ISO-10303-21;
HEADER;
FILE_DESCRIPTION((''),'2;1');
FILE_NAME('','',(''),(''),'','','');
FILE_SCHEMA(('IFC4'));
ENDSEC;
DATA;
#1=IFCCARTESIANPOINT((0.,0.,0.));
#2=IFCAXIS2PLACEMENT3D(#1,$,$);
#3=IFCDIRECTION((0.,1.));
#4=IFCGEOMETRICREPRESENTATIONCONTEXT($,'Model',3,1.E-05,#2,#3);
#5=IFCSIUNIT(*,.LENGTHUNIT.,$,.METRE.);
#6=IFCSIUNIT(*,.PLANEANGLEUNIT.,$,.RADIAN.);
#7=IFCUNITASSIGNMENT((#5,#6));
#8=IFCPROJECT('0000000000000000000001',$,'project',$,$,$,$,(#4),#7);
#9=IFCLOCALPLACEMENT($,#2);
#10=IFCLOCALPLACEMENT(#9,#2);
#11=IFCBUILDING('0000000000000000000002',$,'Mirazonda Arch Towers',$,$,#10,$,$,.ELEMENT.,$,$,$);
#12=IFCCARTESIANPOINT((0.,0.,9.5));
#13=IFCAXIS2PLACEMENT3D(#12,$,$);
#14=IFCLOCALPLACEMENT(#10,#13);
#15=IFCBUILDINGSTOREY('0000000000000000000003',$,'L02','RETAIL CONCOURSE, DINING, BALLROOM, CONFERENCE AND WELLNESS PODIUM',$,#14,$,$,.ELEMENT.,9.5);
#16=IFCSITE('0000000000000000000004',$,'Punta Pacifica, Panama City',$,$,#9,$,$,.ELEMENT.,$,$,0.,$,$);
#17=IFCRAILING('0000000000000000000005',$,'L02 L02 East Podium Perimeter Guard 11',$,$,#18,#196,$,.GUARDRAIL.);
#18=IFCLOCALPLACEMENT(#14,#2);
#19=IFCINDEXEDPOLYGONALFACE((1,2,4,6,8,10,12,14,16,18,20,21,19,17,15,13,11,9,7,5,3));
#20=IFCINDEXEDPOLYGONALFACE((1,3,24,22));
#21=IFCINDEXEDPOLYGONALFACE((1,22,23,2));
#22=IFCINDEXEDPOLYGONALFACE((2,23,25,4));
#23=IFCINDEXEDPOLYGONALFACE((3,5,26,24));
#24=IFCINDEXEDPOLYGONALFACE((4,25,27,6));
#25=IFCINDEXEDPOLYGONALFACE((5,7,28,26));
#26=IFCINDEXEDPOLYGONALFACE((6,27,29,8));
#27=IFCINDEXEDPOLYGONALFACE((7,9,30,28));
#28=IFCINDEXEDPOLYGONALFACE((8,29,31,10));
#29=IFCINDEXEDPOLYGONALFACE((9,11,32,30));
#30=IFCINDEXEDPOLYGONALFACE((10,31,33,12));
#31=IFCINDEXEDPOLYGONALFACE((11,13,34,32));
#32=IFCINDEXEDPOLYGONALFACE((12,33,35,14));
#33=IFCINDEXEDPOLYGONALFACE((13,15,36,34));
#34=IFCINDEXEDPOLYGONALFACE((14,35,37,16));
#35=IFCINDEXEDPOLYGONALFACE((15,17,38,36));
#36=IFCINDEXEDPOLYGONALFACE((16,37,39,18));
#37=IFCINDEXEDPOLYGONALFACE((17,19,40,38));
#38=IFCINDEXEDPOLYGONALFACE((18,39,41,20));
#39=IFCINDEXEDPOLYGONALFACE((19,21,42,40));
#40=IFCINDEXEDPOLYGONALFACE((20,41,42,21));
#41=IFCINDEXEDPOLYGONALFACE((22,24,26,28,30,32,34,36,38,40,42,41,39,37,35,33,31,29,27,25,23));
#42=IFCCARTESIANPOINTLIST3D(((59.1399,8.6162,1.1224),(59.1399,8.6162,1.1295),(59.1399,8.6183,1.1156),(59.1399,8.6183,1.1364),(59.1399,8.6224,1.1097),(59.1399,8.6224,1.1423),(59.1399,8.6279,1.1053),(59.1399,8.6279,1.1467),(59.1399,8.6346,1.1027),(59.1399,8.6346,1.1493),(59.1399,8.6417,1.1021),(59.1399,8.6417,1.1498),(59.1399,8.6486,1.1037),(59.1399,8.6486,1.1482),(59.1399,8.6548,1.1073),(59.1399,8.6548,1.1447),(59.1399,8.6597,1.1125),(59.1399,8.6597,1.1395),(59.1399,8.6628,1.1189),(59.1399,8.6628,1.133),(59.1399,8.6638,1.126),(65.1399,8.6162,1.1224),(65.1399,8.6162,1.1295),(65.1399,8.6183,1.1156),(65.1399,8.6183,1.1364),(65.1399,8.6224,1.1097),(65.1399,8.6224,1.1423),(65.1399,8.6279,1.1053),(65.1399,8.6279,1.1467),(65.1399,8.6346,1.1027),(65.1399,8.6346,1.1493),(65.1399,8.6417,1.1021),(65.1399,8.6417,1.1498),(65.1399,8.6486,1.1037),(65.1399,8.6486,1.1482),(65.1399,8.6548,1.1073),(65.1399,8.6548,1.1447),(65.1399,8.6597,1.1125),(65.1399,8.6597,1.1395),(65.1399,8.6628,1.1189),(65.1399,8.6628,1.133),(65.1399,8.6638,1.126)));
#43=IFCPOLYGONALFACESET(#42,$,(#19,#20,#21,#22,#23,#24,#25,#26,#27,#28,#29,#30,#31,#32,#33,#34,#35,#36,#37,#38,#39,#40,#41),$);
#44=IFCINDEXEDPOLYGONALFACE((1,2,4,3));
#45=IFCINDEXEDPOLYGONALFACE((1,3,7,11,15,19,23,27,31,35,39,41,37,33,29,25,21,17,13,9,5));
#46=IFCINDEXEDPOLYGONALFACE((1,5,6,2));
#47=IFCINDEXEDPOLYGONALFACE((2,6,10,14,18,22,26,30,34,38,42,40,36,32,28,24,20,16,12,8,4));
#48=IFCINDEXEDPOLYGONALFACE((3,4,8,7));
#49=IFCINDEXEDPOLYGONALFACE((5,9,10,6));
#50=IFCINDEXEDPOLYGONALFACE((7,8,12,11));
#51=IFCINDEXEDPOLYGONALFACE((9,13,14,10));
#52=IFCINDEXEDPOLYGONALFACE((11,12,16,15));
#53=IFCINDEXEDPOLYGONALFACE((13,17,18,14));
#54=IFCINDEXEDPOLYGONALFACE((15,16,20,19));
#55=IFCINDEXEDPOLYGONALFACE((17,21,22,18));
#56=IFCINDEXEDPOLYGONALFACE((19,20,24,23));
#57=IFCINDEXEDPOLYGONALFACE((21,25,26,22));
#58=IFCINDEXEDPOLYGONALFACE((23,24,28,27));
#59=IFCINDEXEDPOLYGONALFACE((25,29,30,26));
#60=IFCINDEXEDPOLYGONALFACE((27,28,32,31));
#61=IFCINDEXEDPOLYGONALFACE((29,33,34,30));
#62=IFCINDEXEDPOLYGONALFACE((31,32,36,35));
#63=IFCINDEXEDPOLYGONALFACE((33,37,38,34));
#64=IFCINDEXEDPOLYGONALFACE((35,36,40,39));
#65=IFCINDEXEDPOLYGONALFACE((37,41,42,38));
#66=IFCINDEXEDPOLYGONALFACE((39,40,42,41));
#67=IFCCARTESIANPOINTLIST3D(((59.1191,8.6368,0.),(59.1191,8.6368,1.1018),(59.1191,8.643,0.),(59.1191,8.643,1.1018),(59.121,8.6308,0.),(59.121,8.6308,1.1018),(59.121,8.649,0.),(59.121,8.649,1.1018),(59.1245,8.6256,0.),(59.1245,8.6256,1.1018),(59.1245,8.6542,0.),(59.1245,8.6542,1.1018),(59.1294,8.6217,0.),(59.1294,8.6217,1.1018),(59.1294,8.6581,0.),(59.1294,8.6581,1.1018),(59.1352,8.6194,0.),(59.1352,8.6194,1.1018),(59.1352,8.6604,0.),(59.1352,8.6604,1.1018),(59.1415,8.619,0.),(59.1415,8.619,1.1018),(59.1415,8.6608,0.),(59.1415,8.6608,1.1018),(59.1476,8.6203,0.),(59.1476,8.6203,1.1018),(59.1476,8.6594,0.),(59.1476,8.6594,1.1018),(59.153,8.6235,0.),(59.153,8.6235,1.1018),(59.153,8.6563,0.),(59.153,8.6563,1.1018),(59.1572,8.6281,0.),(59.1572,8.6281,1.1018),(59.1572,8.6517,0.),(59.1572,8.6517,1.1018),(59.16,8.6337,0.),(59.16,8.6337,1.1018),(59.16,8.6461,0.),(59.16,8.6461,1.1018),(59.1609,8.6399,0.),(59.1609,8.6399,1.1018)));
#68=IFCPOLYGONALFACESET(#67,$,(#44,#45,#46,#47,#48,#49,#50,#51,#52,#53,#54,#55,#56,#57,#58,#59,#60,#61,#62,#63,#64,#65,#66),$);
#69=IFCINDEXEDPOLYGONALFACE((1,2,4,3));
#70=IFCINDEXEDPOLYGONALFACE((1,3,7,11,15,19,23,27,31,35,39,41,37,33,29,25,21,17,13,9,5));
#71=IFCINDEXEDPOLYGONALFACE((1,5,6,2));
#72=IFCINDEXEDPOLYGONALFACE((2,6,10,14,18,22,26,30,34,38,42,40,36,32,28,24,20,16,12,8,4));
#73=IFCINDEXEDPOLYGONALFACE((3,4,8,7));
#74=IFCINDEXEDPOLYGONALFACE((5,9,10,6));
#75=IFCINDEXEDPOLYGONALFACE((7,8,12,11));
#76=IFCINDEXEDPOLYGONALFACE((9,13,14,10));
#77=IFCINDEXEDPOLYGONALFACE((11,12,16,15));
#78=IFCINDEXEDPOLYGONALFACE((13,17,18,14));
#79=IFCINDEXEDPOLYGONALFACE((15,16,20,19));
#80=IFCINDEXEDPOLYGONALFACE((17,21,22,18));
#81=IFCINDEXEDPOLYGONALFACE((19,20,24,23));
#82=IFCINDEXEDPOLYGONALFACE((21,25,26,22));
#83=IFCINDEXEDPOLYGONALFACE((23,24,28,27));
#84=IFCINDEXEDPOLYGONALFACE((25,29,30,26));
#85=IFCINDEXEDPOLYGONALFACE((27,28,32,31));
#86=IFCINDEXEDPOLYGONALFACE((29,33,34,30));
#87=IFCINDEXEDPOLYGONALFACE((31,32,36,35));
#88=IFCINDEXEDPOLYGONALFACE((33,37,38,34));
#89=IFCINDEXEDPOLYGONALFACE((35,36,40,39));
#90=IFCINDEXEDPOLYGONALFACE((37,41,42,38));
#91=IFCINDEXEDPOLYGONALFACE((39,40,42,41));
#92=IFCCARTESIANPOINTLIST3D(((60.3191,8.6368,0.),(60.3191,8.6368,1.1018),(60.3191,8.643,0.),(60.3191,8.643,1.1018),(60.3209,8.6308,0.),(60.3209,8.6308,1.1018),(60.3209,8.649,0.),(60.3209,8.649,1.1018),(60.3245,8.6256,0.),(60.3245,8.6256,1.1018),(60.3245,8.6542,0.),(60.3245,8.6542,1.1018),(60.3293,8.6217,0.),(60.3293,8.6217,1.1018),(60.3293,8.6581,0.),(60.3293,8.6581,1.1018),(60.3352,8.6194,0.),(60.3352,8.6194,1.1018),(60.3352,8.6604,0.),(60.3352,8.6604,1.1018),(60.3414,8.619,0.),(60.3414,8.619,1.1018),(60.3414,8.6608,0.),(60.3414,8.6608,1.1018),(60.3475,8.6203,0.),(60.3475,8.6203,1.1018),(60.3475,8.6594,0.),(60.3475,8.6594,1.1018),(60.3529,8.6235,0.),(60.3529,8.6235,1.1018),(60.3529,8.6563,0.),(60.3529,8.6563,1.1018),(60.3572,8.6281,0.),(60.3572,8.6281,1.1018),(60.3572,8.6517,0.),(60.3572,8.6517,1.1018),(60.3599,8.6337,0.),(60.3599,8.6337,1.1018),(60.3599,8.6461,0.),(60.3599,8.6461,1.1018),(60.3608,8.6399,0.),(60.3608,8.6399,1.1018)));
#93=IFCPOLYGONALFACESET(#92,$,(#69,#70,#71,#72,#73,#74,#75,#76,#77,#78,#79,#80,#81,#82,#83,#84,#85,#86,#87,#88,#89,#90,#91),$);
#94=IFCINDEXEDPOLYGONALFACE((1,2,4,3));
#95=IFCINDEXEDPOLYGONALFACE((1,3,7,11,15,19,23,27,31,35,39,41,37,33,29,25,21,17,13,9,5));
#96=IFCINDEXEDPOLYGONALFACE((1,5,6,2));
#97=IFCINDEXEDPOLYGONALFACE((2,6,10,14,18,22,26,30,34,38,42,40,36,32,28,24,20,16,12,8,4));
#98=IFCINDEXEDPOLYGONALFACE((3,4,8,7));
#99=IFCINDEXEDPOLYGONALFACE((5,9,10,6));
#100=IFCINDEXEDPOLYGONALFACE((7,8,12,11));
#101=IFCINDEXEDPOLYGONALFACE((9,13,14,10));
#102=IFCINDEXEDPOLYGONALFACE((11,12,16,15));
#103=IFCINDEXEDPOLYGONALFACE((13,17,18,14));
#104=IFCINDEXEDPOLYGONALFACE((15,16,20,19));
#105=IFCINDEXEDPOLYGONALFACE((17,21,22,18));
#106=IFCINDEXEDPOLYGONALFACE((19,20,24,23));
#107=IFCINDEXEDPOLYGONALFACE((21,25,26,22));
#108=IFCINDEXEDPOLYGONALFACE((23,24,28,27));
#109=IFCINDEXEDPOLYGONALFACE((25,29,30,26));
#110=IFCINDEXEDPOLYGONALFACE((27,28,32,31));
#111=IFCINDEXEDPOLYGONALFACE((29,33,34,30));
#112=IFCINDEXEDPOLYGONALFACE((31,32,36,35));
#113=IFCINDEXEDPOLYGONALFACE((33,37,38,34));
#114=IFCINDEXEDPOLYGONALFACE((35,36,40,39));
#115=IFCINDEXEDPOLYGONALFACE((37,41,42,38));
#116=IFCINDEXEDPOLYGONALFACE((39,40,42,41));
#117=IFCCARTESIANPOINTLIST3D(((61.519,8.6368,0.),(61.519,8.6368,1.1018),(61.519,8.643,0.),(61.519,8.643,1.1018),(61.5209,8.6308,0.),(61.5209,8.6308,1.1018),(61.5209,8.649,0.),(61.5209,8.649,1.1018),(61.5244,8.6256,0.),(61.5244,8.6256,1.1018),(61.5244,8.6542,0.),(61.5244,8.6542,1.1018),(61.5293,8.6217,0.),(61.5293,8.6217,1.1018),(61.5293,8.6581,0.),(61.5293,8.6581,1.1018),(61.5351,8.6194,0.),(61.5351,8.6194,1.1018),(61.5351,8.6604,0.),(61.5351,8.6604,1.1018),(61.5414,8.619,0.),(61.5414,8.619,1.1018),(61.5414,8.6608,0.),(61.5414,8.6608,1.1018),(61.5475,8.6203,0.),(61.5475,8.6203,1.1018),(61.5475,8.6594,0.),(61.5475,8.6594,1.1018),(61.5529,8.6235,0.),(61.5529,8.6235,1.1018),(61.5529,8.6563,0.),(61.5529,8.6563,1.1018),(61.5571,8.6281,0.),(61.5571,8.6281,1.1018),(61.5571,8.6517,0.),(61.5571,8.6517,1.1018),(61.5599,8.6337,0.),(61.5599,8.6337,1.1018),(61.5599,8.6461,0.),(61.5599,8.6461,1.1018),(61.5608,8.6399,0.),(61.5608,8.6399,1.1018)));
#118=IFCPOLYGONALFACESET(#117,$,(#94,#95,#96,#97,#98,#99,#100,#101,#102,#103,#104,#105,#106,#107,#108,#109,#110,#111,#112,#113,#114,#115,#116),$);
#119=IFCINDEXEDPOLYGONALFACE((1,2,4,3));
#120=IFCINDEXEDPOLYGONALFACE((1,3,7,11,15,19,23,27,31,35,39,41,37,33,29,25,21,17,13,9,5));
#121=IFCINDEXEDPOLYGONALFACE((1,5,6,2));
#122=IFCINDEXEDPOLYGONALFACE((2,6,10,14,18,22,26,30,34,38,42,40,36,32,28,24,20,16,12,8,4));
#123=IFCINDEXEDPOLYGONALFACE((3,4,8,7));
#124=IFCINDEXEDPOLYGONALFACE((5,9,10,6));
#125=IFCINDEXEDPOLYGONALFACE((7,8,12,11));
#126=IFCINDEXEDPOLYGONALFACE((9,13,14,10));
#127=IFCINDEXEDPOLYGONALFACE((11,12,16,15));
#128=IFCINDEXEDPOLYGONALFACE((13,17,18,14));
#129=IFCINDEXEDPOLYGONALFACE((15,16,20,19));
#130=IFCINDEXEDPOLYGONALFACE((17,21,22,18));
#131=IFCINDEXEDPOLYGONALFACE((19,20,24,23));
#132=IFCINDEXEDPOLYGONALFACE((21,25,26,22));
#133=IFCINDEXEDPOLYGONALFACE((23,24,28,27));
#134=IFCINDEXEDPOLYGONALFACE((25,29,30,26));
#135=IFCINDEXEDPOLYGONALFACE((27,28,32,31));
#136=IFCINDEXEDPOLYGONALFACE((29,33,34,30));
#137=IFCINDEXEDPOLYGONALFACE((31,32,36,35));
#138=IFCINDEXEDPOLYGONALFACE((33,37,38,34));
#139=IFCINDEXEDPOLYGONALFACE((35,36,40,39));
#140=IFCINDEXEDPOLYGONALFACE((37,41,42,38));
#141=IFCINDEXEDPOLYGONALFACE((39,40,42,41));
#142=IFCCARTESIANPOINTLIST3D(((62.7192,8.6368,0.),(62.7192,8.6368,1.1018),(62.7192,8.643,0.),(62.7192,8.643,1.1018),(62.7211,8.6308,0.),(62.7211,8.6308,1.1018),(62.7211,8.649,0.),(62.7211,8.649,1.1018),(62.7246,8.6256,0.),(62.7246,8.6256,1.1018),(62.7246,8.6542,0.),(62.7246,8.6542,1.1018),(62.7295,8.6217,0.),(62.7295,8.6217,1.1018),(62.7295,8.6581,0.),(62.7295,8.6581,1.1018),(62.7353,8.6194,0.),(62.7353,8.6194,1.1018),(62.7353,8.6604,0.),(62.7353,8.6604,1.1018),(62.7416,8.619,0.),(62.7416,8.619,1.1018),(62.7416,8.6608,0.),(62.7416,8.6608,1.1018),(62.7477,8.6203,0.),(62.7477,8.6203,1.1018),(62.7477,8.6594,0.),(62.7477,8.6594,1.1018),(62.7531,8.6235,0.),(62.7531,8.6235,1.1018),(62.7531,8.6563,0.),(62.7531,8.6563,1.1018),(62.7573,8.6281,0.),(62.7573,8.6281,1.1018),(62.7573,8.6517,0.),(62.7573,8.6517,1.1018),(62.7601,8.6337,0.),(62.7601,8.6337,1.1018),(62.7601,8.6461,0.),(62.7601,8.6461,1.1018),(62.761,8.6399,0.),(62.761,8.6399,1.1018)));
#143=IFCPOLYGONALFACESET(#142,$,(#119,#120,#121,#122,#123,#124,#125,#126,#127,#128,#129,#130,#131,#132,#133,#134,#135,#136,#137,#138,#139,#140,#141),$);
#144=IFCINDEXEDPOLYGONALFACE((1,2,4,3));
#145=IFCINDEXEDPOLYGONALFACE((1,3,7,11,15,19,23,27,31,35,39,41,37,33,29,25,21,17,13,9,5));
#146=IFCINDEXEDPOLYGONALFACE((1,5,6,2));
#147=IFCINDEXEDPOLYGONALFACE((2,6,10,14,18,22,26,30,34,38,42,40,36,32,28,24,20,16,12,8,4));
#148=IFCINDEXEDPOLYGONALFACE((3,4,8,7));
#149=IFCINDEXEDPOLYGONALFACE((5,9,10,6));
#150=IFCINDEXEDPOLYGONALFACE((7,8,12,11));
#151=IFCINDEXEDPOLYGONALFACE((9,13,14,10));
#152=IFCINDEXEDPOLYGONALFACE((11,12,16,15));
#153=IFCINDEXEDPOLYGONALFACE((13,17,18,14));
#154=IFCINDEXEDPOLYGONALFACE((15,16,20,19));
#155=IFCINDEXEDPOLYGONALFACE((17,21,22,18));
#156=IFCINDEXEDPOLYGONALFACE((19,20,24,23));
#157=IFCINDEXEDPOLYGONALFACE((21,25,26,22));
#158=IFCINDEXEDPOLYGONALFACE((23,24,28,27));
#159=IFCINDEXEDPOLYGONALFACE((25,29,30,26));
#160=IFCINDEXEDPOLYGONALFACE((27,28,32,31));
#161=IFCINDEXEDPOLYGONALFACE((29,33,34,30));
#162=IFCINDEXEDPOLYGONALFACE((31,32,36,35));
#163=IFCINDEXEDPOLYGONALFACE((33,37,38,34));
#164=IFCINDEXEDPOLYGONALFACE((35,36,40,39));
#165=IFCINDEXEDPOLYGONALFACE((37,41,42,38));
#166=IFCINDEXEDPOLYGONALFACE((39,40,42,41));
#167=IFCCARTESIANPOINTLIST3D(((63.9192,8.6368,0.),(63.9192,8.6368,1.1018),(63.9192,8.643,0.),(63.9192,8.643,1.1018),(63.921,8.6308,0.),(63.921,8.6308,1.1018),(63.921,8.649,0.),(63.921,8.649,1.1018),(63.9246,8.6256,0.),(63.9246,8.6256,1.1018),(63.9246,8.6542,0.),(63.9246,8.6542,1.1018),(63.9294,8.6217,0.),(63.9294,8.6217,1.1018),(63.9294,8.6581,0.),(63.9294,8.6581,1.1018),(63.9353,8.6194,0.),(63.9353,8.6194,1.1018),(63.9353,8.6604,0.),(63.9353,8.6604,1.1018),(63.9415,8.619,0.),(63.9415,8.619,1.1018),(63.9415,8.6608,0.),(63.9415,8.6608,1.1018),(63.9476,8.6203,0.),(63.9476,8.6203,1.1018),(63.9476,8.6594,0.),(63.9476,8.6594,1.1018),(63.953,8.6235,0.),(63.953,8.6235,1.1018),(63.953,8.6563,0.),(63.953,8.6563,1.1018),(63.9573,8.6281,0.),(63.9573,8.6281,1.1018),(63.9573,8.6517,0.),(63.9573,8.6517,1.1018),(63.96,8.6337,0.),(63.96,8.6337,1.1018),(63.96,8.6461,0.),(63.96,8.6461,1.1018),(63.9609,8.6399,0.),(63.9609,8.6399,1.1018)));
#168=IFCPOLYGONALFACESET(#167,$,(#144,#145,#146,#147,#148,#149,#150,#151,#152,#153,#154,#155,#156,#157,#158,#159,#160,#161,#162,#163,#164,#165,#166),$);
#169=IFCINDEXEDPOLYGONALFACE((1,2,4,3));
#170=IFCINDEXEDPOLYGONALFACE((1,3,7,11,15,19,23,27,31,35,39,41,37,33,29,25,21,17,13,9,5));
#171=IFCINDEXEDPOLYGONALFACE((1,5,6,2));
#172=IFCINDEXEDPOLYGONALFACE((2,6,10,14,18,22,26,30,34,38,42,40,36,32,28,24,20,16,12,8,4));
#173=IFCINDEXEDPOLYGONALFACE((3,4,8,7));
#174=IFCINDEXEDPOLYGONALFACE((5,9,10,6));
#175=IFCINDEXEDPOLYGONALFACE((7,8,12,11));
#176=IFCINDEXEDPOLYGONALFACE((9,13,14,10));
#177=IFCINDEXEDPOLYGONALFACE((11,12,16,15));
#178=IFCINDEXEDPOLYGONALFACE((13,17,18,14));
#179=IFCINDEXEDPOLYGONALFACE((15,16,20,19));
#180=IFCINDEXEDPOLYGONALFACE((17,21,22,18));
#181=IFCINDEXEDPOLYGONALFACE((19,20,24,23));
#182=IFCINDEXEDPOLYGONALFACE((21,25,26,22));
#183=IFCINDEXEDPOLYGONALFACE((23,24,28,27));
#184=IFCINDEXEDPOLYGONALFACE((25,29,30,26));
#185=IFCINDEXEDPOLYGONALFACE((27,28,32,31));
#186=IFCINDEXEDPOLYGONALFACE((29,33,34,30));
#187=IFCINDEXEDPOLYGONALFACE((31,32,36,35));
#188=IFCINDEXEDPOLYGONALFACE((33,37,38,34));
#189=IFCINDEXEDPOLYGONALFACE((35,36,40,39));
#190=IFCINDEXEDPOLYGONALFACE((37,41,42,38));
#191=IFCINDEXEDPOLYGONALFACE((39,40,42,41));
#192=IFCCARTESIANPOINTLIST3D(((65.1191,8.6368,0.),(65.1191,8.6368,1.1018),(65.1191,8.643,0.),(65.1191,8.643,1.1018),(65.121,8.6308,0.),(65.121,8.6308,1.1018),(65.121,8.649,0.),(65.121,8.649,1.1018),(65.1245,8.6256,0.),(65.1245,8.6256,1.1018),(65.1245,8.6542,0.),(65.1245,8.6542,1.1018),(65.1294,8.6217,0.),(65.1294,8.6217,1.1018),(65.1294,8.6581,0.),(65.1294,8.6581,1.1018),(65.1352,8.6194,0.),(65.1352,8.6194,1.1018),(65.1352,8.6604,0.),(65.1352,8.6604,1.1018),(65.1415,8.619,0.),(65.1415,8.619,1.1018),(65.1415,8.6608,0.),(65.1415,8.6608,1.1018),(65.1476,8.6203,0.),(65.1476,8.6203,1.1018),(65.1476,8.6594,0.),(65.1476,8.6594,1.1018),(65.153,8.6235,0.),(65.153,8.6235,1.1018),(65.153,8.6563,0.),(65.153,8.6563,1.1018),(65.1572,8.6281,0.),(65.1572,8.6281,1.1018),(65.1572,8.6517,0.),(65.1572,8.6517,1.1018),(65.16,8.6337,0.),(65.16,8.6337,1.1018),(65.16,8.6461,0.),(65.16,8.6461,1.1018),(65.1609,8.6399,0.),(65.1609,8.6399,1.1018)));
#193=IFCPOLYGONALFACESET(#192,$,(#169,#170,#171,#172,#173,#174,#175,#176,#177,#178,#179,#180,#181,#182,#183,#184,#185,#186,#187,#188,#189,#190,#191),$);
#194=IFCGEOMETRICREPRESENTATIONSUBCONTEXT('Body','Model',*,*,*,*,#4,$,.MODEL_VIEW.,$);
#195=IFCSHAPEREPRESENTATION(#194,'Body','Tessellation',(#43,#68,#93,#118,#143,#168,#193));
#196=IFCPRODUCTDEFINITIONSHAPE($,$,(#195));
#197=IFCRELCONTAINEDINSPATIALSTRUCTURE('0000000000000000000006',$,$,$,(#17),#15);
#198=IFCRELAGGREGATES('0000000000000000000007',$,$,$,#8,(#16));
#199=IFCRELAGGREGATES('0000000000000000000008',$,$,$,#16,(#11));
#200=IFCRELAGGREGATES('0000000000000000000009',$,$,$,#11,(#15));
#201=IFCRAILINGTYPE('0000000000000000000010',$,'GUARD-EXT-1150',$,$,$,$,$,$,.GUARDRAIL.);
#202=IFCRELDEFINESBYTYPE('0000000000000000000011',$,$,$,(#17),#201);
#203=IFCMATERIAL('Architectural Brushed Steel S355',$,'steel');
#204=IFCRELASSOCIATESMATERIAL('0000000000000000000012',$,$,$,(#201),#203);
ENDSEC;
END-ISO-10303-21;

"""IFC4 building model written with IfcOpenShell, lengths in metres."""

from ifc_helpers import new_model, si_unit, direction, frame, origin, origin_2d, place, context, subcontext, project, spatial, circle, extrude, material, type_object, element, save


model = new_model("IFC4")

# Units and contexts
model_context = context("Model", 3, precision=1e-05, world=origin(), true_north=direction((0.0, 1.0)))
body_context = subcontext(model_context, "Body", "Model", "MODEL_VIEW")
ifc_project = project(units=[si_unit("LENGTHUNIT", "METRE"), si_unit("PLANEANGLEUNIT", "RADIAN")], contexts=[model_context])

# Site, building, storey
site_placement = place(None, origin())
site = spatial("IfcSite", under=ifc_project, at=site_placement, Name="Punta Pacifica, Panama City", CompositionType="ELEMENT", RefElevation=0.0)
building_placement = place(site_placement, origin())
building = spatial("IfcBuilding", under=site, at=building_placement, Name="Mirazonda Arch Towers", CompositionType="ELEMENT")
storey_placement = place(building_placement, frame((0.0, 0.0, 9.5)))
storey = spatial("IfcBuildingStorey", under=building, at=storey_placement, Name="L02", Description="RETAIL CONCOURSE, DINING, BALLROOM, CONFERENCE AND WELLNESS PODIUM", CompositionType="ELEMENT", Elevation=9.5)

# Railing
ifc_material_1 = material(Name="Architectural Brushed Steel S355", Category="steel")
railing_type = type_object("IfcRailingType", Name="GUARD-EXT-1150", PredefinedType="GUARDRAIL", material=ifc_material_1)
railing_placement = place(storey_placement, frame((59.1399, 8.6399, 0.0)))
element("IfcRailing", 1, at=railing_placement, inside=storey, type_object=railing_type, Name="L02 L02 East Podium Perimeter Guard 11", PredefinedType="GUARDRAIL", context=body_context, shape_type="SweptSolid", body=[
    extrude(circle(Radius=0.0239, at=origin_2d()), frame((0.0, 0.0, 1.126), z_axis=(1.0, 0.0, 0.0), x_axis=(0.0, 1.0, 0.0)), (0.0, 0.0, 1.0), 6.0),
    extrude(circle(Radius=0.021, at=origin_2d()), origin(), (0.0, 0.0, 1.0), 1.1018),
    extrude(circle(Radius=0.021, at=origin_2d()), frame((1.2, 0.0, 0.0)), (0.0, 0.0, 1.0), 1.1018),
    extrude(circle(Radius=0.021, at=origin_2d()), frame((2.3999, 0.0, 0.0)), (0.0, 0.0, 1.0), 1.1018),
    extrude(circle(Radius=0.021, at=origin_2d()), frame((3.6001, 0.0, 0.0)), (0.0, 0.0, 1.0), 1.1018),
    extrude(circle(Radius=0.021, at=origin_2d()), frame((4.8, 0.0, 0.0)), (0.0, 0.0, 1.0), 1.1018),
    extrude(circle(Radius=0.021, at=origin_2d()), frame((6.0, 0.0, 0.0)), (0.0, 0.0, 1.0), 1.1018),
])

save(model, "model.ifc")
